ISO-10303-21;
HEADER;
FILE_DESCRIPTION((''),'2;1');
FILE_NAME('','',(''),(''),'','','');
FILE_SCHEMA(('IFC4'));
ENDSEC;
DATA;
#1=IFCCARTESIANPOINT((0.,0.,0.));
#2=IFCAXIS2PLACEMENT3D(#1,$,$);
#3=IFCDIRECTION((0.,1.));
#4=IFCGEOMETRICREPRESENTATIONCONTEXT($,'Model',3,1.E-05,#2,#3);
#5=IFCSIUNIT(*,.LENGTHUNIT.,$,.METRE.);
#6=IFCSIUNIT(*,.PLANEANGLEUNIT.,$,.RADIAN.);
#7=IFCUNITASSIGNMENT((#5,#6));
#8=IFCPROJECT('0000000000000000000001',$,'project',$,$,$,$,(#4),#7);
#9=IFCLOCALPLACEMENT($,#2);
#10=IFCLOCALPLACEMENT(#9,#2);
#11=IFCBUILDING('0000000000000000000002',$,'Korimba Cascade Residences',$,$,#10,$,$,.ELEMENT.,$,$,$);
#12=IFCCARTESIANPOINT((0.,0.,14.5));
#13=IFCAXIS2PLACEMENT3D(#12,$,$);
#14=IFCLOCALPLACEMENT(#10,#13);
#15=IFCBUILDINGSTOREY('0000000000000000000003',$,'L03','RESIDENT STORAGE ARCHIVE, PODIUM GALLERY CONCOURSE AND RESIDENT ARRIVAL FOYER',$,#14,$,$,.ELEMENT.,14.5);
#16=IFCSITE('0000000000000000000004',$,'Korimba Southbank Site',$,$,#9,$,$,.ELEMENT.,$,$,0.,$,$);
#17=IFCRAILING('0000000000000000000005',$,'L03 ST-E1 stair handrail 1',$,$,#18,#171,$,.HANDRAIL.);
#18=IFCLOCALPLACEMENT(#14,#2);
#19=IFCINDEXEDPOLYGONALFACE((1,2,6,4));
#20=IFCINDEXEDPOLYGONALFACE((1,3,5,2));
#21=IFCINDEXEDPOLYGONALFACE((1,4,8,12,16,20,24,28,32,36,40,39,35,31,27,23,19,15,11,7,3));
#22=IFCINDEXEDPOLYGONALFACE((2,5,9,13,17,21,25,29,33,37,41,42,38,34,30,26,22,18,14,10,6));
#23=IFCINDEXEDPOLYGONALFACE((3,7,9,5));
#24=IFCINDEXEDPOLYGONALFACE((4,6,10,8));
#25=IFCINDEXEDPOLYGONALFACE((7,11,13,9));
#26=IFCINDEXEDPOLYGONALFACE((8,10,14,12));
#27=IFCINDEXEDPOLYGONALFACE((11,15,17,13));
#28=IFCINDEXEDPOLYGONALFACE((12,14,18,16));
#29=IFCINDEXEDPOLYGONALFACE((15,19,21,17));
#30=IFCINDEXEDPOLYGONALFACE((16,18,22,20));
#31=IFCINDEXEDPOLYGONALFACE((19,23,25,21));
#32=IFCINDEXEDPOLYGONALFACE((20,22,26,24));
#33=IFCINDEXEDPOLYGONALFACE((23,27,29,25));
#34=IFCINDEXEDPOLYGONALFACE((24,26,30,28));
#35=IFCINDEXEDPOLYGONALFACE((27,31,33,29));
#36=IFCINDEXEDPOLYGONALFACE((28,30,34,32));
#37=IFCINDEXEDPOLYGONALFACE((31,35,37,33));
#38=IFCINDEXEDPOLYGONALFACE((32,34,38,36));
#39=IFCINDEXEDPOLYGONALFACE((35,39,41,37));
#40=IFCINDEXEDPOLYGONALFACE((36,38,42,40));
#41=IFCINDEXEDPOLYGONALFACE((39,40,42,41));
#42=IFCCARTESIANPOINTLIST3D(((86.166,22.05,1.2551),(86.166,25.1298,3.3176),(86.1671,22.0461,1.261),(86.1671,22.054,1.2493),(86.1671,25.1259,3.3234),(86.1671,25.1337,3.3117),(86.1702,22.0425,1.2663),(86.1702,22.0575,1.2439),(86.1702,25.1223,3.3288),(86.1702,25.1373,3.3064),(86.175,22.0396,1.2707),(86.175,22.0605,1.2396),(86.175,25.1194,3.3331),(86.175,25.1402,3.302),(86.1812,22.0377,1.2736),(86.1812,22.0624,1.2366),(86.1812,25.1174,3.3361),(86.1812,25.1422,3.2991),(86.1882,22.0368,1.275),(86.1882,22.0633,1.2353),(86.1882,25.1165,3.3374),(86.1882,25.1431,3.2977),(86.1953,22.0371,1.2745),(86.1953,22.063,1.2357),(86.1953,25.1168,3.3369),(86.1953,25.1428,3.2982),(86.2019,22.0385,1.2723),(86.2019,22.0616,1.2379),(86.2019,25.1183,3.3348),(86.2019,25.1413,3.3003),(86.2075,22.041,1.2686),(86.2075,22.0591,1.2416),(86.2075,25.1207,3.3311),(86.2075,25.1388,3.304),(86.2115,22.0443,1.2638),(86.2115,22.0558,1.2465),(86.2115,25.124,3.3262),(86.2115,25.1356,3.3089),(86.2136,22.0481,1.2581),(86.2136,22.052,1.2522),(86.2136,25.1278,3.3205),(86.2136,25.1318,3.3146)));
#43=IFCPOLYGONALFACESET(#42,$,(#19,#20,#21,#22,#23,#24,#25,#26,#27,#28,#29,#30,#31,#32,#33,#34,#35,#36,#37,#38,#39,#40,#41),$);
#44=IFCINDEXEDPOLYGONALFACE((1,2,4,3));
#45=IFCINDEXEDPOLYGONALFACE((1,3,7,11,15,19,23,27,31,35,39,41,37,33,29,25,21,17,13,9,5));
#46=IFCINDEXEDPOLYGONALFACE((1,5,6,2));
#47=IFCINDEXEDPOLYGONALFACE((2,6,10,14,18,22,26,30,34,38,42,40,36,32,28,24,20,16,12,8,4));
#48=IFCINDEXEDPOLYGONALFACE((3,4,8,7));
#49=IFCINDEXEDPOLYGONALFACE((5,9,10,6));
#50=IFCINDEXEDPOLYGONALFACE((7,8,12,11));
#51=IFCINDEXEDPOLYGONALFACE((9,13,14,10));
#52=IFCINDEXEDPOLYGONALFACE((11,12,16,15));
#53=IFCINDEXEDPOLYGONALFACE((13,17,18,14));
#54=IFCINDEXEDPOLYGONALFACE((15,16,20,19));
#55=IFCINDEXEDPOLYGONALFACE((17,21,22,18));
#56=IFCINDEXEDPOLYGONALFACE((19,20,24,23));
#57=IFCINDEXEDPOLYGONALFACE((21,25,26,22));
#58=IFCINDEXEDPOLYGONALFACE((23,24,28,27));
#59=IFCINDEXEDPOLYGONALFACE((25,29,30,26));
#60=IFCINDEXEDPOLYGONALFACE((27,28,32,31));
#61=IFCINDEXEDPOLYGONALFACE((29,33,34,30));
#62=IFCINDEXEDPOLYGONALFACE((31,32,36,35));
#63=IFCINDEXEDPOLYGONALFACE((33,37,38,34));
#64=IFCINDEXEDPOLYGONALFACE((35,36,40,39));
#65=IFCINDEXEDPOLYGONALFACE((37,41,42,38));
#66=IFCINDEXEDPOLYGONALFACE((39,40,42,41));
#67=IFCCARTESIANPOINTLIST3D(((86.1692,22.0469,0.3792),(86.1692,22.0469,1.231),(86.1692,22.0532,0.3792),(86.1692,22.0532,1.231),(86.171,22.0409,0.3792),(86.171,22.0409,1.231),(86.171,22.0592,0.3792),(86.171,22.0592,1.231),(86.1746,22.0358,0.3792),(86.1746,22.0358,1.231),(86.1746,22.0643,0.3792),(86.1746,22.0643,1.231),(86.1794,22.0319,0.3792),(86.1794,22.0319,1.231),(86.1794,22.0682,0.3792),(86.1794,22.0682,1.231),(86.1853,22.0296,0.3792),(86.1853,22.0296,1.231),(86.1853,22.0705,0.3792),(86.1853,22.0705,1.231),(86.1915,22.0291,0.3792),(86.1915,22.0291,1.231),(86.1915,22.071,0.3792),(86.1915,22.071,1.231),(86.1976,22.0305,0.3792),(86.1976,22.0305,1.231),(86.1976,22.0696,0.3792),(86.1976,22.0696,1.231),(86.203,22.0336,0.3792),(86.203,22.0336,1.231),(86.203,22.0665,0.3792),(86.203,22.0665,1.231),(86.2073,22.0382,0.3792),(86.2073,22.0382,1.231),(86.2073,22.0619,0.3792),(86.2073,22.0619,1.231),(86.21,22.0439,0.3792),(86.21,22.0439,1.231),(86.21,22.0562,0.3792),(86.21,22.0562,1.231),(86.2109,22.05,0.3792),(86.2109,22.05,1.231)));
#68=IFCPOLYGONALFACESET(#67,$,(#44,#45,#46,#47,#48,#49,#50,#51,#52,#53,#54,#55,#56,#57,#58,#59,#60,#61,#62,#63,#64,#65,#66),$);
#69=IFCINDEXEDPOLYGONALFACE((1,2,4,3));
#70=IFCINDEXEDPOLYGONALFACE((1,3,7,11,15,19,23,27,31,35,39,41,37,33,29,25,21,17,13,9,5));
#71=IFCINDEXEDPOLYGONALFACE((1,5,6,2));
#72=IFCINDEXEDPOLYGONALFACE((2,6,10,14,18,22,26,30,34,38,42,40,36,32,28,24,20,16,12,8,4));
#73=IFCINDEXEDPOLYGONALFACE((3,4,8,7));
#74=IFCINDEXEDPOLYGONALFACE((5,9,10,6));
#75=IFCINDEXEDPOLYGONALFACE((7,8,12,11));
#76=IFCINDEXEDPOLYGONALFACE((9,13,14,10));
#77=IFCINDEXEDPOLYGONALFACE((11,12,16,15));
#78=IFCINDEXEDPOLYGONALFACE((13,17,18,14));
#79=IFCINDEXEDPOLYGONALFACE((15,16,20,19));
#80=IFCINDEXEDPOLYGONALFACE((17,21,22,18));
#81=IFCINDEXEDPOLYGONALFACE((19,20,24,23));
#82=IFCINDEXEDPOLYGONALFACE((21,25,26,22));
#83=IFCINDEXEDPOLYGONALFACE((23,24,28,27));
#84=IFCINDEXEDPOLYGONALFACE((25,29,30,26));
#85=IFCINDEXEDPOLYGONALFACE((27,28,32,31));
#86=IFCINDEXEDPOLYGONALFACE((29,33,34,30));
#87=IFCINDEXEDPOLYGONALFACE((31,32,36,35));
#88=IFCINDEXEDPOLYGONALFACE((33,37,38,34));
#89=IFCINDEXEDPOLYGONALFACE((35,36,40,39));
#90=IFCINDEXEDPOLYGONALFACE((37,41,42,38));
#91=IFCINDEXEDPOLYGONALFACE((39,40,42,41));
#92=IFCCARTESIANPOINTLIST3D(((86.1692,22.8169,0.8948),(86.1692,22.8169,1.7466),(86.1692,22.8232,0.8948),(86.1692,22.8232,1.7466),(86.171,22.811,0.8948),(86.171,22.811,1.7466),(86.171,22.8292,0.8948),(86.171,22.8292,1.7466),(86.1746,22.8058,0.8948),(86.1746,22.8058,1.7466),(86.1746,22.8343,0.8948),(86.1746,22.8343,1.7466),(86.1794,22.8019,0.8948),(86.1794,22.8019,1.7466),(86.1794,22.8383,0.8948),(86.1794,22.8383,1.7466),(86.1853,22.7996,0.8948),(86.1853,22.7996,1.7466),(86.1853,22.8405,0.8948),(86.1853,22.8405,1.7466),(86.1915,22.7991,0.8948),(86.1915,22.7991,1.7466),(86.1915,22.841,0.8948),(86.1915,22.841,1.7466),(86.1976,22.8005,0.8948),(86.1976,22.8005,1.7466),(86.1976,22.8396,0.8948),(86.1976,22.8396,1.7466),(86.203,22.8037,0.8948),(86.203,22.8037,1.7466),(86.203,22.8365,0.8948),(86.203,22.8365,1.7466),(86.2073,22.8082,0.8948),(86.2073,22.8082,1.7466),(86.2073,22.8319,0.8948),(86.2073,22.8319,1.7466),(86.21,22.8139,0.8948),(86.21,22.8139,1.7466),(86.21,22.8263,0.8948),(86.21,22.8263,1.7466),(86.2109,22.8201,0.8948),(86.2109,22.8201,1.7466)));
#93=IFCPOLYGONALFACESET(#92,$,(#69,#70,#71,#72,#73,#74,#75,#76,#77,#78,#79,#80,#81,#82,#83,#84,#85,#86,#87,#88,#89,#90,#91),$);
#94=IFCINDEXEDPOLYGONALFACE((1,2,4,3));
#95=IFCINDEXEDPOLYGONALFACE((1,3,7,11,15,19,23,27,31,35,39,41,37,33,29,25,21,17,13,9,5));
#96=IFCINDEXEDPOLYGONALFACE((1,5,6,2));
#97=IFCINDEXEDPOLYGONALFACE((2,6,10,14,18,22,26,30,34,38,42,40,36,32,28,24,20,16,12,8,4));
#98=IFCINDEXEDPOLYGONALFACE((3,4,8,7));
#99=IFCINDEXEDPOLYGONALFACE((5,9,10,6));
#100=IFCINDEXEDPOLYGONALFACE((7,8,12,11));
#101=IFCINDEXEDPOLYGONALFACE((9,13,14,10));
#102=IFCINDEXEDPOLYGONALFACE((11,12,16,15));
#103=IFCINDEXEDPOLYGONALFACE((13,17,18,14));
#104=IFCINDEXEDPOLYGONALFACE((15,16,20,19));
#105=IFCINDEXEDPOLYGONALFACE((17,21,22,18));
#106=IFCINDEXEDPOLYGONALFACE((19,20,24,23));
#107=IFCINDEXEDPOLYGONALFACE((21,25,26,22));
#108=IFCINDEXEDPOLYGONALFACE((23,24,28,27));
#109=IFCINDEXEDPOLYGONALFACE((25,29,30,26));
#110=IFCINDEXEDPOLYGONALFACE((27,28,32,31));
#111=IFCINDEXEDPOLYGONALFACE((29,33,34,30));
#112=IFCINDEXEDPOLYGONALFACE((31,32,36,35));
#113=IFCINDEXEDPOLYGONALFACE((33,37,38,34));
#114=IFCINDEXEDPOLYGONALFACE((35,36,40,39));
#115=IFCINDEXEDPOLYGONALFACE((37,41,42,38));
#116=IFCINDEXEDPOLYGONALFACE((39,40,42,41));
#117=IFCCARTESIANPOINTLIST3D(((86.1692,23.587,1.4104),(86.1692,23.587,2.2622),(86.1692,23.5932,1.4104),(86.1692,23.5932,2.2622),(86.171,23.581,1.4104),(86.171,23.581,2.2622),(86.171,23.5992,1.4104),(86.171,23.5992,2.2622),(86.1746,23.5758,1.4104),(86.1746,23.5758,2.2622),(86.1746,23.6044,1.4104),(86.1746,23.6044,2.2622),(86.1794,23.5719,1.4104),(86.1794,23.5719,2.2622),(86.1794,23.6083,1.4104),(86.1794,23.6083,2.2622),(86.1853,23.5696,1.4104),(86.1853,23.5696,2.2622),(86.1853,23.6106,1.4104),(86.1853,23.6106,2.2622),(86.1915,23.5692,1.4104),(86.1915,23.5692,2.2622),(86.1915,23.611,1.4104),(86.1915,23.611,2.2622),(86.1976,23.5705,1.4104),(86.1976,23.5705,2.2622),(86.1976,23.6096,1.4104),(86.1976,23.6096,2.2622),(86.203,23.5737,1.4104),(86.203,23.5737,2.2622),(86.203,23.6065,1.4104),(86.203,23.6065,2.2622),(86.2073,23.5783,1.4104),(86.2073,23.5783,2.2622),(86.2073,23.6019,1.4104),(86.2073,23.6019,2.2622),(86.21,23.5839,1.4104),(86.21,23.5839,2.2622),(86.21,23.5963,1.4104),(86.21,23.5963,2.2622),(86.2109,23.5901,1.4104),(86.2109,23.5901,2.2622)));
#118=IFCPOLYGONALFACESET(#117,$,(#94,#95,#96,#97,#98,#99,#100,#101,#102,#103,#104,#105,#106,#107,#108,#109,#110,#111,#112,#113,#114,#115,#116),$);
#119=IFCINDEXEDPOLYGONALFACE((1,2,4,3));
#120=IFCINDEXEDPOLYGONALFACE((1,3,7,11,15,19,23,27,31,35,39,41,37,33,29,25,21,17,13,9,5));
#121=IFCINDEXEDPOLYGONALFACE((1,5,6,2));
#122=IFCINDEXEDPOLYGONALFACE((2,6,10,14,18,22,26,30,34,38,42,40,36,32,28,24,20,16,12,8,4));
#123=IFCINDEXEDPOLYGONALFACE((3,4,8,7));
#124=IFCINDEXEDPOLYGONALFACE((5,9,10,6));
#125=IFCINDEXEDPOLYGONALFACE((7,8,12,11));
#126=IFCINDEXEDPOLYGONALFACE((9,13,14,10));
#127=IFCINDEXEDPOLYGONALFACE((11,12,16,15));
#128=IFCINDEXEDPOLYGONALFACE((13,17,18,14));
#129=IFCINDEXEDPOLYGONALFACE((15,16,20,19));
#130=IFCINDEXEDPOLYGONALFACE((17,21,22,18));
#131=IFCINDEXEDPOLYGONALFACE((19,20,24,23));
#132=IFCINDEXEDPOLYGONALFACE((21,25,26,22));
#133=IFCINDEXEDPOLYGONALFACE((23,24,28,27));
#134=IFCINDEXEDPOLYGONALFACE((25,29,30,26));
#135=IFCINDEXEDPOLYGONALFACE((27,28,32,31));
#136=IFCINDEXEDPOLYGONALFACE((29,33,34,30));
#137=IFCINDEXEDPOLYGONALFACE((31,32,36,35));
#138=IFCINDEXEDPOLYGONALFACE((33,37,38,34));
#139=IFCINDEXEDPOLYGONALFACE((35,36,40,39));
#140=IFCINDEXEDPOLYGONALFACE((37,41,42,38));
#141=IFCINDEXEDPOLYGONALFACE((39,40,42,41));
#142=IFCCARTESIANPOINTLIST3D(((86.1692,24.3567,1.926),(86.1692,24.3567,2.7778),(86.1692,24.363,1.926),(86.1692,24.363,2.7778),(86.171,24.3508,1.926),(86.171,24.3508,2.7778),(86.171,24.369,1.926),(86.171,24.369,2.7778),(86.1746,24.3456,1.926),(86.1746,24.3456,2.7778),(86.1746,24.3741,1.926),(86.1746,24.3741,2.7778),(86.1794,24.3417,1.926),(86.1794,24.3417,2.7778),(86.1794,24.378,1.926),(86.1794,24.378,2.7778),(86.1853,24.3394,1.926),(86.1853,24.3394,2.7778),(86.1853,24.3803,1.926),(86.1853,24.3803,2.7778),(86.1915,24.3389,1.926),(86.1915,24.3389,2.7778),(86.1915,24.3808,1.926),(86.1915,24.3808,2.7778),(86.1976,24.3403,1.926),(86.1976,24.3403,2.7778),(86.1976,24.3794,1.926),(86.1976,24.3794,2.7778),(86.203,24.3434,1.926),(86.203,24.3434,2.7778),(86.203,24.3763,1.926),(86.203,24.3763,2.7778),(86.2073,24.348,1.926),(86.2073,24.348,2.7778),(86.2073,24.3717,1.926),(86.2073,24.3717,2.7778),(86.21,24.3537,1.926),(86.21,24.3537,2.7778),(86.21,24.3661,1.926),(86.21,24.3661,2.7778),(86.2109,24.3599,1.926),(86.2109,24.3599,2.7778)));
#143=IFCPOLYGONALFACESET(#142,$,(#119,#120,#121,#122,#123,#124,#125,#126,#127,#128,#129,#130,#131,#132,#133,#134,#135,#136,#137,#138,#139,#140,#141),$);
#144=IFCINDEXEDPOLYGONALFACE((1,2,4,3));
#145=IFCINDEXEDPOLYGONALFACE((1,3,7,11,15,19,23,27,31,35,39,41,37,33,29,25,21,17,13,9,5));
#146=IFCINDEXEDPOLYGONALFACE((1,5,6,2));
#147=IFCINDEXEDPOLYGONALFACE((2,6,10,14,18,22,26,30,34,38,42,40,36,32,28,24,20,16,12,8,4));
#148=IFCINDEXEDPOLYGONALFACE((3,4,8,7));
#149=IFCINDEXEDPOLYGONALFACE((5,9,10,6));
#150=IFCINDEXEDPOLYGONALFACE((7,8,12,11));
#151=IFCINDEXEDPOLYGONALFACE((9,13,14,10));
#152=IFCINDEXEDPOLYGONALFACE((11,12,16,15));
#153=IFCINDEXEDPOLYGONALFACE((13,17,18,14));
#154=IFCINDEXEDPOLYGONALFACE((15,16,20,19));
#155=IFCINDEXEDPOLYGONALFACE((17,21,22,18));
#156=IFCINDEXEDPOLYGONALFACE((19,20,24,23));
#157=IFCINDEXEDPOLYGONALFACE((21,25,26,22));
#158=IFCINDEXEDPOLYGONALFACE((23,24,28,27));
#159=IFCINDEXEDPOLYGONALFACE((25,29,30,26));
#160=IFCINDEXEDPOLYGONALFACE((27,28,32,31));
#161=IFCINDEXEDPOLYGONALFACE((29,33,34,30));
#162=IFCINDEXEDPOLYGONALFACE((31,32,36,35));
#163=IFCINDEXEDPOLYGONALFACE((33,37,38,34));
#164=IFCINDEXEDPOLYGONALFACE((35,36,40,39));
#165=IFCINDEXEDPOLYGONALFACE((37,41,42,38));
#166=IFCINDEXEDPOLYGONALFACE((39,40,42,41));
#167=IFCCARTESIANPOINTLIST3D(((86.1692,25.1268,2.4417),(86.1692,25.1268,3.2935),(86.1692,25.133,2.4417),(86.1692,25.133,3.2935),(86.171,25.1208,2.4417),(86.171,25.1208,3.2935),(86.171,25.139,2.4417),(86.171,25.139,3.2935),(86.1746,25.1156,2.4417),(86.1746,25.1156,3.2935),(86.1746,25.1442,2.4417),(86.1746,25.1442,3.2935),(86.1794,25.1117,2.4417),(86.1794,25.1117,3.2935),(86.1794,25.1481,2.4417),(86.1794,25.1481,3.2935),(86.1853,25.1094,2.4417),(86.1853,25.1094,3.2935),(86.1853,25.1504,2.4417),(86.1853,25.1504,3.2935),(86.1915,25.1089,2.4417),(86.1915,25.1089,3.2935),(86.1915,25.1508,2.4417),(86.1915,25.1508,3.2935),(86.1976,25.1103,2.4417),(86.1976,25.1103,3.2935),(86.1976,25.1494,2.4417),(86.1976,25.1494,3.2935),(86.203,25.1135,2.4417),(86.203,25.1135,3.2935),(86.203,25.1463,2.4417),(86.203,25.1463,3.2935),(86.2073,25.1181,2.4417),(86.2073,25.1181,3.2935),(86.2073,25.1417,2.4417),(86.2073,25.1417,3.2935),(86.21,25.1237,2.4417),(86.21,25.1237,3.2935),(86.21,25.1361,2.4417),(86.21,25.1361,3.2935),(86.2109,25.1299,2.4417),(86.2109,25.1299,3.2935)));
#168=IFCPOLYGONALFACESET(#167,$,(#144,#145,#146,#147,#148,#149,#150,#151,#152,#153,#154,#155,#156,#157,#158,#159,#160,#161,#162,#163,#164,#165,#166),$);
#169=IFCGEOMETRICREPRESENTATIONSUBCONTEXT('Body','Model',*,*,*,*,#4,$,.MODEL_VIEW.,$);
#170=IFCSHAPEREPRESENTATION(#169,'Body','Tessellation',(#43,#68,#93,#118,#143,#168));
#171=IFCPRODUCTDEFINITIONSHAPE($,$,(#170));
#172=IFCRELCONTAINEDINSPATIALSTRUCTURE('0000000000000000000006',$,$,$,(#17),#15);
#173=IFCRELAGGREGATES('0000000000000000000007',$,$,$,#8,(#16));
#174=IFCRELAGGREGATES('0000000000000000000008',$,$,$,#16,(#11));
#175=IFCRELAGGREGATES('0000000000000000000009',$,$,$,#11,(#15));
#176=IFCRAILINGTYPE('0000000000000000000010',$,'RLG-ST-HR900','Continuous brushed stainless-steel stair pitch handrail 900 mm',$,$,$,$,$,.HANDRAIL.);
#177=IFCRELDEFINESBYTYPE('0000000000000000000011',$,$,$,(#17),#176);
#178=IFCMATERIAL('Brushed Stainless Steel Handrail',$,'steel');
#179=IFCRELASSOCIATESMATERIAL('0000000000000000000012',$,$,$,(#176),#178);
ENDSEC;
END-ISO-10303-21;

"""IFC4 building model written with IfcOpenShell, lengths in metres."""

from ifc_helpers import new_model, si_unit, direction, frame, origin, origin_2d, place, context, subcontext, project, spatial, circle, extrude, material, type_object, element, save


model = new_model("IFC4")

# Units and contexts
model_context = context("Model", 3, precision=1e-05, world=origin(), true_north=direction((0.0, 1.0)))
body_context = subcontext(model_context, "Body", "Model", "MODEL_VIEW")
ifc_project = project(units=[si_unit("LENGTHUNIT", "METRE"), si_unit("PLANEANGLEUNIT", "RADIAN")], contexts=[model_context])

# Site, building, storey
site_placement = place(None, origin())
site = spatial("IfcSite", under=ifc_project, at=site_placement, Name="Korimba Southbank Site", CompositionType="ELEMENT", RefElevation=0.0)
building_placement = place(site_placement, origin())
building = spatial("IfcBuilding", under=site, at=building_placement, Name="Korimba Cascade Residences", CompositionType="ELEMENT")
storey_placement = place(building_placement, frame((0.0, 0.0, 14.5)))
storey = spatial("IfcBuildingStorey", under=building, at=storey_placement, Name="L03", Description="RESIDENT STORAGE ARCHIVE, PODIUM GALLERY CONCOURSE AND RESIDENT ARRIVAL FOYER", CompositionType="ELEMENT", Elevation=14.5)

# Railing
ifc_material_1 = material(Name="Brushed Stainless Steel Handrail", Category="steel")
railing_type_1 = type_object("IfcRailingType", Name="RLG-ST-HR900", Description="Continuous brushed stainless-steel stair pitch handrail 900 mm", PredefinedType="HANDRAIL", material=ifc_material_1)
railing_1_placement = place(storey_placement, frame((86.1899, 22.05, 0.3792)))
element("IfcRailing", 1, at=railing_1_placement, inside=storey, type_object=railing_type_1, Name="L03 ST-E1 stair handrail 1", PredefinedType="HANDRAIL", context=body_context, shape_type="SweptSolid", body=[
    extrude(circle(Radius=0.0239, at=origin_2d()), frame((0.0, 0.0, 0.876), z_axis=(0.0, 0.830893, 0.556432), x_axis=(-1.0, 0.0, 0.0)), (0.0, 0.0, 1.0), 3.7065),
    extrude(circle(Radius=0.021, at=origin_2d()), origin(), (0.0, 0.0, 1.0), 0.8518),
    extrude(circle(Radius=0.021, at=origin_2d()), frame((0.0, 0.77, 0.5156)), (0.0, 0.0, 1.0), 0.8518),
    extrude(circle(Radius=0.021, at=origin_2d()), frame((0.0, 1.54, 1.0312)), (0.0, 0.0, 1.0), 0.8518),
    extrude(circle(Radius=0.021, at=origin_2d()), frame((0.0, 2.3098, 1.5469)), (0.0, 0.0, 1.0), 0.8518),
    extrude(circle(Radius=0.021, at=origin_2d()), frame((0.0, 3.0798, 2.0625)), (0.0, 0.0, 1.0), 0.8518),
])

save(model, "model.ifc")
